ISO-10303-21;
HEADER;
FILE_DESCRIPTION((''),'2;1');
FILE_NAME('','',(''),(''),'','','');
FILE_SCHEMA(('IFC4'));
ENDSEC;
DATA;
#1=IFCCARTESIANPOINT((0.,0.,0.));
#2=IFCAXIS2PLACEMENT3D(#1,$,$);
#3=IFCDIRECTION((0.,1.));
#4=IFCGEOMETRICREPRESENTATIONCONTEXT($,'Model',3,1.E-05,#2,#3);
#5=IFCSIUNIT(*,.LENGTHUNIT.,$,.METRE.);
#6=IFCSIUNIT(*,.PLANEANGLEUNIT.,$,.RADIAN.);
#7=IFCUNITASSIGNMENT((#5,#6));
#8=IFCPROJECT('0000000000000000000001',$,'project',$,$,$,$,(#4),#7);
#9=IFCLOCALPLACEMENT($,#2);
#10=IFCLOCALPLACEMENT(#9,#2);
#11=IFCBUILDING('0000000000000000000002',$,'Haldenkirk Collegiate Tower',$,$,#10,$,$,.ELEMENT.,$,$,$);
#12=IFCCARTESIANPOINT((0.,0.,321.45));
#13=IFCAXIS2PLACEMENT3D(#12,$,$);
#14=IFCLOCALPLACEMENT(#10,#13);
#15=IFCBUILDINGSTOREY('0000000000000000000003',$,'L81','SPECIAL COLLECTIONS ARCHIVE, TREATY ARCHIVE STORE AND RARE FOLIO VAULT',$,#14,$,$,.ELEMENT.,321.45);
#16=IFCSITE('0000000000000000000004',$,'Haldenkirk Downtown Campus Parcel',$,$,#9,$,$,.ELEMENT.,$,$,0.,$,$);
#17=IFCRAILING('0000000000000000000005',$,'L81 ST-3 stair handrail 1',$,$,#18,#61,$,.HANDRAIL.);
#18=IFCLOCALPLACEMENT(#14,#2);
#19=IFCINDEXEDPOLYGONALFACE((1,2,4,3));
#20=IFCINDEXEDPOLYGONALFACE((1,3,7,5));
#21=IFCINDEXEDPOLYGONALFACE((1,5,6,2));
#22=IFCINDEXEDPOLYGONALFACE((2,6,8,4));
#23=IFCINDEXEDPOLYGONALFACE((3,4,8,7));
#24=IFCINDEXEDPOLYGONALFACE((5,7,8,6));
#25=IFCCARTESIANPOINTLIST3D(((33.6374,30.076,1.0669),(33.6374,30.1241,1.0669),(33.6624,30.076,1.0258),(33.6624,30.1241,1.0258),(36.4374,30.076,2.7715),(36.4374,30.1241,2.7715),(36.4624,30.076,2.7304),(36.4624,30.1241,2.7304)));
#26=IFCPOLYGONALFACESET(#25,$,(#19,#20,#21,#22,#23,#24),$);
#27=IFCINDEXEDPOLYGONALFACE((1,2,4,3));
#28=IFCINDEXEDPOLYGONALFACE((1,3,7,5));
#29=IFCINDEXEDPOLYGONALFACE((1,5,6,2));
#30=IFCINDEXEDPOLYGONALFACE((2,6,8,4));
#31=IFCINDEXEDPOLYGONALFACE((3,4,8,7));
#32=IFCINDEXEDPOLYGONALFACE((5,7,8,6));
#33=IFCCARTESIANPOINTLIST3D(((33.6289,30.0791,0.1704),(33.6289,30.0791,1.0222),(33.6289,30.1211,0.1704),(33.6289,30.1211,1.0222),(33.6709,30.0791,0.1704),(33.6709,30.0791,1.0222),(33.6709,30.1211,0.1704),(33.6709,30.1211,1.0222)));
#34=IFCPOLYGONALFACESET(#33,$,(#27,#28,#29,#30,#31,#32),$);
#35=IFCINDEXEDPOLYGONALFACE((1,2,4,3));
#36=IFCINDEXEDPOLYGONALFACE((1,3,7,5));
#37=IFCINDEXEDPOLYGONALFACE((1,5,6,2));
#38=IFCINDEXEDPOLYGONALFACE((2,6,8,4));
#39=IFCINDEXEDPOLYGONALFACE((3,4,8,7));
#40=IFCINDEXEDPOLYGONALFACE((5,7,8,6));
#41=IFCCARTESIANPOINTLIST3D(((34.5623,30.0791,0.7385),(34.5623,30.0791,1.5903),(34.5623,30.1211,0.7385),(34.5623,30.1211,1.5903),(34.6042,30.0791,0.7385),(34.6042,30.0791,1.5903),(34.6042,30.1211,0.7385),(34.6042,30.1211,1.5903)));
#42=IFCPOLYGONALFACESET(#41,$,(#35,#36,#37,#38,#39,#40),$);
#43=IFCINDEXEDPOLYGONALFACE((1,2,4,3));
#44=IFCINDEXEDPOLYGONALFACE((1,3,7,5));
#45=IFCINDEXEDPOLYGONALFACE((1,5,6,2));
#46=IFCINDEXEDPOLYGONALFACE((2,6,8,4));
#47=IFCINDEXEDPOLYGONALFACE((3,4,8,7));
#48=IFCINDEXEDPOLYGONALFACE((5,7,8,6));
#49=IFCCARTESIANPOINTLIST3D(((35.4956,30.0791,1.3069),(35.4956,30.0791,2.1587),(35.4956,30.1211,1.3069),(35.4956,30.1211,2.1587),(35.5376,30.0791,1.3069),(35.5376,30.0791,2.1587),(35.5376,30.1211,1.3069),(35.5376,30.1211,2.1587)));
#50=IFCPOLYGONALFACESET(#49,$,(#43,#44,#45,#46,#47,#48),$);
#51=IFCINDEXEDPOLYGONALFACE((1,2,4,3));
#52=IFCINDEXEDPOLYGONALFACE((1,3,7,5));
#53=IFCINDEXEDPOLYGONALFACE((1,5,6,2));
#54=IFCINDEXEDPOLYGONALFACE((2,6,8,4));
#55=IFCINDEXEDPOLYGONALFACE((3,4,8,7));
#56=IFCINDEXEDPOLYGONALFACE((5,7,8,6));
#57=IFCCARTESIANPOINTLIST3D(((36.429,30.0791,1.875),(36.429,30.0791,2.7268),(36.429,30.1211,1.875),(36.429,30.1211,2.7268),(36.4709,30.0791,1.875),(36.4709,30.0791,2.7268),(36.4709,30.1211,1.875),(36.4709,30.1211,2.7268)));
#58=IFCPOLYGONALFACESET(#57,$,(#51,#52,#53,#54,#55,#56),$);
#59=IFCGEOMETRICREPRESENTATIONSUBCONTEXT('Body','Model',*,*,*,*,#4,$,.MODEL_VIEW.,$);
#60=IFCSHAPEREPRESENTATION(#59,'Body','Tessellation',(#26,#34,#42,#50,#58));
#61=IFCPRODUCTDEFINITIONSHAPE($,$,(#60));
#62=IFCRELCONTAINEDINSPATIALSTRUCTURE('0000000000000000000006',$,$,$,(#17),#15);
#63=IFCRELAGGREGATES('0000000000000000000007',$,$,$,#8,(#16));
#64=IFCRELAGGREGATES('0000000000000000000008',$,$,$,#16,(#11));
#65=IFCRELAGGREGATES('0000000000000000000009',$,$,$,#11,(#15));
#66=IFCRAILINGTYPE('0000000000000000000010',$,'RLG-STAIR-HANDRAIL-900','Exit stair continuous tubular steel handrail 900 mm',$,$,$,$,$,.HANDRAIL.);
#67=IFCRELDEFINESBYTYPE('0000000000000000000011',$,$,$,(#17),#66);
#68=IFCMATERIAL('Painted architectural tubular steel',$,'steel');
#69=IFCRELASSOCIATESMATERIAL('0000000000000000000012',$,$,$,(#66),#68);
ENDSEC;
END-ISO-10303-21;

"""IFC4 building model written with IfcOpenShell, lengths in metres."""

from ifc_helpers import new_model, si_unit, direction, frame, origin, origin_2d, place, context, subcontext, project, spatial, rectangle, extrude, material, type_object, element, save


model = new_model("IFC4")

# Units and contexts
model_context = context("Model", 3, precision=1e-05, world=origin(), true_north=direction((0.0, 1.0)))
body_context = subcontext(model_context, "Body", "Model", "MODEL_VIEW")
ifc_project = project(units=[si_unit("LENGTHUNIT", "METRE"), si_unit("PLANEANGLEUNIT", "RADIAN")], contexts=[model_context])

# Site, building, storey
site_placement = place(None, origin())
site = spatial("IfcSite", under=ifc_project, at=site_placement, Name="Haldenkirk Downtown Campus Parcel", CompositionType="ELEMENT", RefElevation=0.0)
building_placement = place(site_placement, origin())
building = spatial("IfcBuilding", under=site, at=building_placement, Name="Haldenkirk Collegiate Tower", CompositionType="ELEMENT")
storey_placement = place(building_placement, frame((0.0, 0.0, 321.45)))
storey = spatial("IfcBuildingStorey", under=building, at=storey_placement, Name="L81", Description="SPECIAL COLLECTIONS ARCHIVE, TREATY ARCHIVE STORE AND RARE FOLIO VAULT", CompositionType="ELEMENT", Elevation=321.45)

# Railing
ifc_material_1 = material(Name="Painted architectural tubular steel", Category="steel")
railing_type_1 = type_object("IfcRailingType", Name="RLG-STAIR-HANDRAIL-900", Description="Exit stair continuous tubular steel handrail 900 mm", PredefinedType="HANDRAIL", material=ifc_material_1)
railing_1_placement = place(storey_placement, frame((33.6499, 30.1001, 0.1704)))
element("IfcRailing", 1, at=railing_1_placement, inside=storey, type_object=railing_type_1, Name="L81 ST-3 stair handrail 1", PredefinedType="HANDRAIL", context=body_context, shape_type="SweptSolid", body=[
    extrude(rectangle(XDim=0.0481, YDim=0.0481, at=origin_2d()), frame((0.0, 0.0, 0.876), z_axis=(0.85417, 0.0, 0.519994), x_axis=(0.0, 1.0, 0.0)), (0.0, 0.0, 1.0), 3.2781),
    extrude(rectangle(XDim=0.042, YDim=0.042, at=origin_2d()), origin(), (0.0, 0.0, 1.0), 0.8518),
    extrude(rectangle(XDim=0.042, YDim=0.042, at=origin_2d()), frame((0.9333, 0.0, 0.5681)), (0.0, 0.0, 1.0), 0.8518),
    extrude(rectangle(XDim=0.042, YDim=0.042, at=origin_2d()), frame((1.8667, 0.0, 1.1365)), (0.0, 0.0, 1.0), 0.8518),
    extrude(rectangle(XDim=0.042, YDim=0.042, at=origin_2d()), frame((2.8, 0.0, 1.7046)), (0.0, 0.0, 1.0), 0.8518),
])

save(model, "model.ifc")
